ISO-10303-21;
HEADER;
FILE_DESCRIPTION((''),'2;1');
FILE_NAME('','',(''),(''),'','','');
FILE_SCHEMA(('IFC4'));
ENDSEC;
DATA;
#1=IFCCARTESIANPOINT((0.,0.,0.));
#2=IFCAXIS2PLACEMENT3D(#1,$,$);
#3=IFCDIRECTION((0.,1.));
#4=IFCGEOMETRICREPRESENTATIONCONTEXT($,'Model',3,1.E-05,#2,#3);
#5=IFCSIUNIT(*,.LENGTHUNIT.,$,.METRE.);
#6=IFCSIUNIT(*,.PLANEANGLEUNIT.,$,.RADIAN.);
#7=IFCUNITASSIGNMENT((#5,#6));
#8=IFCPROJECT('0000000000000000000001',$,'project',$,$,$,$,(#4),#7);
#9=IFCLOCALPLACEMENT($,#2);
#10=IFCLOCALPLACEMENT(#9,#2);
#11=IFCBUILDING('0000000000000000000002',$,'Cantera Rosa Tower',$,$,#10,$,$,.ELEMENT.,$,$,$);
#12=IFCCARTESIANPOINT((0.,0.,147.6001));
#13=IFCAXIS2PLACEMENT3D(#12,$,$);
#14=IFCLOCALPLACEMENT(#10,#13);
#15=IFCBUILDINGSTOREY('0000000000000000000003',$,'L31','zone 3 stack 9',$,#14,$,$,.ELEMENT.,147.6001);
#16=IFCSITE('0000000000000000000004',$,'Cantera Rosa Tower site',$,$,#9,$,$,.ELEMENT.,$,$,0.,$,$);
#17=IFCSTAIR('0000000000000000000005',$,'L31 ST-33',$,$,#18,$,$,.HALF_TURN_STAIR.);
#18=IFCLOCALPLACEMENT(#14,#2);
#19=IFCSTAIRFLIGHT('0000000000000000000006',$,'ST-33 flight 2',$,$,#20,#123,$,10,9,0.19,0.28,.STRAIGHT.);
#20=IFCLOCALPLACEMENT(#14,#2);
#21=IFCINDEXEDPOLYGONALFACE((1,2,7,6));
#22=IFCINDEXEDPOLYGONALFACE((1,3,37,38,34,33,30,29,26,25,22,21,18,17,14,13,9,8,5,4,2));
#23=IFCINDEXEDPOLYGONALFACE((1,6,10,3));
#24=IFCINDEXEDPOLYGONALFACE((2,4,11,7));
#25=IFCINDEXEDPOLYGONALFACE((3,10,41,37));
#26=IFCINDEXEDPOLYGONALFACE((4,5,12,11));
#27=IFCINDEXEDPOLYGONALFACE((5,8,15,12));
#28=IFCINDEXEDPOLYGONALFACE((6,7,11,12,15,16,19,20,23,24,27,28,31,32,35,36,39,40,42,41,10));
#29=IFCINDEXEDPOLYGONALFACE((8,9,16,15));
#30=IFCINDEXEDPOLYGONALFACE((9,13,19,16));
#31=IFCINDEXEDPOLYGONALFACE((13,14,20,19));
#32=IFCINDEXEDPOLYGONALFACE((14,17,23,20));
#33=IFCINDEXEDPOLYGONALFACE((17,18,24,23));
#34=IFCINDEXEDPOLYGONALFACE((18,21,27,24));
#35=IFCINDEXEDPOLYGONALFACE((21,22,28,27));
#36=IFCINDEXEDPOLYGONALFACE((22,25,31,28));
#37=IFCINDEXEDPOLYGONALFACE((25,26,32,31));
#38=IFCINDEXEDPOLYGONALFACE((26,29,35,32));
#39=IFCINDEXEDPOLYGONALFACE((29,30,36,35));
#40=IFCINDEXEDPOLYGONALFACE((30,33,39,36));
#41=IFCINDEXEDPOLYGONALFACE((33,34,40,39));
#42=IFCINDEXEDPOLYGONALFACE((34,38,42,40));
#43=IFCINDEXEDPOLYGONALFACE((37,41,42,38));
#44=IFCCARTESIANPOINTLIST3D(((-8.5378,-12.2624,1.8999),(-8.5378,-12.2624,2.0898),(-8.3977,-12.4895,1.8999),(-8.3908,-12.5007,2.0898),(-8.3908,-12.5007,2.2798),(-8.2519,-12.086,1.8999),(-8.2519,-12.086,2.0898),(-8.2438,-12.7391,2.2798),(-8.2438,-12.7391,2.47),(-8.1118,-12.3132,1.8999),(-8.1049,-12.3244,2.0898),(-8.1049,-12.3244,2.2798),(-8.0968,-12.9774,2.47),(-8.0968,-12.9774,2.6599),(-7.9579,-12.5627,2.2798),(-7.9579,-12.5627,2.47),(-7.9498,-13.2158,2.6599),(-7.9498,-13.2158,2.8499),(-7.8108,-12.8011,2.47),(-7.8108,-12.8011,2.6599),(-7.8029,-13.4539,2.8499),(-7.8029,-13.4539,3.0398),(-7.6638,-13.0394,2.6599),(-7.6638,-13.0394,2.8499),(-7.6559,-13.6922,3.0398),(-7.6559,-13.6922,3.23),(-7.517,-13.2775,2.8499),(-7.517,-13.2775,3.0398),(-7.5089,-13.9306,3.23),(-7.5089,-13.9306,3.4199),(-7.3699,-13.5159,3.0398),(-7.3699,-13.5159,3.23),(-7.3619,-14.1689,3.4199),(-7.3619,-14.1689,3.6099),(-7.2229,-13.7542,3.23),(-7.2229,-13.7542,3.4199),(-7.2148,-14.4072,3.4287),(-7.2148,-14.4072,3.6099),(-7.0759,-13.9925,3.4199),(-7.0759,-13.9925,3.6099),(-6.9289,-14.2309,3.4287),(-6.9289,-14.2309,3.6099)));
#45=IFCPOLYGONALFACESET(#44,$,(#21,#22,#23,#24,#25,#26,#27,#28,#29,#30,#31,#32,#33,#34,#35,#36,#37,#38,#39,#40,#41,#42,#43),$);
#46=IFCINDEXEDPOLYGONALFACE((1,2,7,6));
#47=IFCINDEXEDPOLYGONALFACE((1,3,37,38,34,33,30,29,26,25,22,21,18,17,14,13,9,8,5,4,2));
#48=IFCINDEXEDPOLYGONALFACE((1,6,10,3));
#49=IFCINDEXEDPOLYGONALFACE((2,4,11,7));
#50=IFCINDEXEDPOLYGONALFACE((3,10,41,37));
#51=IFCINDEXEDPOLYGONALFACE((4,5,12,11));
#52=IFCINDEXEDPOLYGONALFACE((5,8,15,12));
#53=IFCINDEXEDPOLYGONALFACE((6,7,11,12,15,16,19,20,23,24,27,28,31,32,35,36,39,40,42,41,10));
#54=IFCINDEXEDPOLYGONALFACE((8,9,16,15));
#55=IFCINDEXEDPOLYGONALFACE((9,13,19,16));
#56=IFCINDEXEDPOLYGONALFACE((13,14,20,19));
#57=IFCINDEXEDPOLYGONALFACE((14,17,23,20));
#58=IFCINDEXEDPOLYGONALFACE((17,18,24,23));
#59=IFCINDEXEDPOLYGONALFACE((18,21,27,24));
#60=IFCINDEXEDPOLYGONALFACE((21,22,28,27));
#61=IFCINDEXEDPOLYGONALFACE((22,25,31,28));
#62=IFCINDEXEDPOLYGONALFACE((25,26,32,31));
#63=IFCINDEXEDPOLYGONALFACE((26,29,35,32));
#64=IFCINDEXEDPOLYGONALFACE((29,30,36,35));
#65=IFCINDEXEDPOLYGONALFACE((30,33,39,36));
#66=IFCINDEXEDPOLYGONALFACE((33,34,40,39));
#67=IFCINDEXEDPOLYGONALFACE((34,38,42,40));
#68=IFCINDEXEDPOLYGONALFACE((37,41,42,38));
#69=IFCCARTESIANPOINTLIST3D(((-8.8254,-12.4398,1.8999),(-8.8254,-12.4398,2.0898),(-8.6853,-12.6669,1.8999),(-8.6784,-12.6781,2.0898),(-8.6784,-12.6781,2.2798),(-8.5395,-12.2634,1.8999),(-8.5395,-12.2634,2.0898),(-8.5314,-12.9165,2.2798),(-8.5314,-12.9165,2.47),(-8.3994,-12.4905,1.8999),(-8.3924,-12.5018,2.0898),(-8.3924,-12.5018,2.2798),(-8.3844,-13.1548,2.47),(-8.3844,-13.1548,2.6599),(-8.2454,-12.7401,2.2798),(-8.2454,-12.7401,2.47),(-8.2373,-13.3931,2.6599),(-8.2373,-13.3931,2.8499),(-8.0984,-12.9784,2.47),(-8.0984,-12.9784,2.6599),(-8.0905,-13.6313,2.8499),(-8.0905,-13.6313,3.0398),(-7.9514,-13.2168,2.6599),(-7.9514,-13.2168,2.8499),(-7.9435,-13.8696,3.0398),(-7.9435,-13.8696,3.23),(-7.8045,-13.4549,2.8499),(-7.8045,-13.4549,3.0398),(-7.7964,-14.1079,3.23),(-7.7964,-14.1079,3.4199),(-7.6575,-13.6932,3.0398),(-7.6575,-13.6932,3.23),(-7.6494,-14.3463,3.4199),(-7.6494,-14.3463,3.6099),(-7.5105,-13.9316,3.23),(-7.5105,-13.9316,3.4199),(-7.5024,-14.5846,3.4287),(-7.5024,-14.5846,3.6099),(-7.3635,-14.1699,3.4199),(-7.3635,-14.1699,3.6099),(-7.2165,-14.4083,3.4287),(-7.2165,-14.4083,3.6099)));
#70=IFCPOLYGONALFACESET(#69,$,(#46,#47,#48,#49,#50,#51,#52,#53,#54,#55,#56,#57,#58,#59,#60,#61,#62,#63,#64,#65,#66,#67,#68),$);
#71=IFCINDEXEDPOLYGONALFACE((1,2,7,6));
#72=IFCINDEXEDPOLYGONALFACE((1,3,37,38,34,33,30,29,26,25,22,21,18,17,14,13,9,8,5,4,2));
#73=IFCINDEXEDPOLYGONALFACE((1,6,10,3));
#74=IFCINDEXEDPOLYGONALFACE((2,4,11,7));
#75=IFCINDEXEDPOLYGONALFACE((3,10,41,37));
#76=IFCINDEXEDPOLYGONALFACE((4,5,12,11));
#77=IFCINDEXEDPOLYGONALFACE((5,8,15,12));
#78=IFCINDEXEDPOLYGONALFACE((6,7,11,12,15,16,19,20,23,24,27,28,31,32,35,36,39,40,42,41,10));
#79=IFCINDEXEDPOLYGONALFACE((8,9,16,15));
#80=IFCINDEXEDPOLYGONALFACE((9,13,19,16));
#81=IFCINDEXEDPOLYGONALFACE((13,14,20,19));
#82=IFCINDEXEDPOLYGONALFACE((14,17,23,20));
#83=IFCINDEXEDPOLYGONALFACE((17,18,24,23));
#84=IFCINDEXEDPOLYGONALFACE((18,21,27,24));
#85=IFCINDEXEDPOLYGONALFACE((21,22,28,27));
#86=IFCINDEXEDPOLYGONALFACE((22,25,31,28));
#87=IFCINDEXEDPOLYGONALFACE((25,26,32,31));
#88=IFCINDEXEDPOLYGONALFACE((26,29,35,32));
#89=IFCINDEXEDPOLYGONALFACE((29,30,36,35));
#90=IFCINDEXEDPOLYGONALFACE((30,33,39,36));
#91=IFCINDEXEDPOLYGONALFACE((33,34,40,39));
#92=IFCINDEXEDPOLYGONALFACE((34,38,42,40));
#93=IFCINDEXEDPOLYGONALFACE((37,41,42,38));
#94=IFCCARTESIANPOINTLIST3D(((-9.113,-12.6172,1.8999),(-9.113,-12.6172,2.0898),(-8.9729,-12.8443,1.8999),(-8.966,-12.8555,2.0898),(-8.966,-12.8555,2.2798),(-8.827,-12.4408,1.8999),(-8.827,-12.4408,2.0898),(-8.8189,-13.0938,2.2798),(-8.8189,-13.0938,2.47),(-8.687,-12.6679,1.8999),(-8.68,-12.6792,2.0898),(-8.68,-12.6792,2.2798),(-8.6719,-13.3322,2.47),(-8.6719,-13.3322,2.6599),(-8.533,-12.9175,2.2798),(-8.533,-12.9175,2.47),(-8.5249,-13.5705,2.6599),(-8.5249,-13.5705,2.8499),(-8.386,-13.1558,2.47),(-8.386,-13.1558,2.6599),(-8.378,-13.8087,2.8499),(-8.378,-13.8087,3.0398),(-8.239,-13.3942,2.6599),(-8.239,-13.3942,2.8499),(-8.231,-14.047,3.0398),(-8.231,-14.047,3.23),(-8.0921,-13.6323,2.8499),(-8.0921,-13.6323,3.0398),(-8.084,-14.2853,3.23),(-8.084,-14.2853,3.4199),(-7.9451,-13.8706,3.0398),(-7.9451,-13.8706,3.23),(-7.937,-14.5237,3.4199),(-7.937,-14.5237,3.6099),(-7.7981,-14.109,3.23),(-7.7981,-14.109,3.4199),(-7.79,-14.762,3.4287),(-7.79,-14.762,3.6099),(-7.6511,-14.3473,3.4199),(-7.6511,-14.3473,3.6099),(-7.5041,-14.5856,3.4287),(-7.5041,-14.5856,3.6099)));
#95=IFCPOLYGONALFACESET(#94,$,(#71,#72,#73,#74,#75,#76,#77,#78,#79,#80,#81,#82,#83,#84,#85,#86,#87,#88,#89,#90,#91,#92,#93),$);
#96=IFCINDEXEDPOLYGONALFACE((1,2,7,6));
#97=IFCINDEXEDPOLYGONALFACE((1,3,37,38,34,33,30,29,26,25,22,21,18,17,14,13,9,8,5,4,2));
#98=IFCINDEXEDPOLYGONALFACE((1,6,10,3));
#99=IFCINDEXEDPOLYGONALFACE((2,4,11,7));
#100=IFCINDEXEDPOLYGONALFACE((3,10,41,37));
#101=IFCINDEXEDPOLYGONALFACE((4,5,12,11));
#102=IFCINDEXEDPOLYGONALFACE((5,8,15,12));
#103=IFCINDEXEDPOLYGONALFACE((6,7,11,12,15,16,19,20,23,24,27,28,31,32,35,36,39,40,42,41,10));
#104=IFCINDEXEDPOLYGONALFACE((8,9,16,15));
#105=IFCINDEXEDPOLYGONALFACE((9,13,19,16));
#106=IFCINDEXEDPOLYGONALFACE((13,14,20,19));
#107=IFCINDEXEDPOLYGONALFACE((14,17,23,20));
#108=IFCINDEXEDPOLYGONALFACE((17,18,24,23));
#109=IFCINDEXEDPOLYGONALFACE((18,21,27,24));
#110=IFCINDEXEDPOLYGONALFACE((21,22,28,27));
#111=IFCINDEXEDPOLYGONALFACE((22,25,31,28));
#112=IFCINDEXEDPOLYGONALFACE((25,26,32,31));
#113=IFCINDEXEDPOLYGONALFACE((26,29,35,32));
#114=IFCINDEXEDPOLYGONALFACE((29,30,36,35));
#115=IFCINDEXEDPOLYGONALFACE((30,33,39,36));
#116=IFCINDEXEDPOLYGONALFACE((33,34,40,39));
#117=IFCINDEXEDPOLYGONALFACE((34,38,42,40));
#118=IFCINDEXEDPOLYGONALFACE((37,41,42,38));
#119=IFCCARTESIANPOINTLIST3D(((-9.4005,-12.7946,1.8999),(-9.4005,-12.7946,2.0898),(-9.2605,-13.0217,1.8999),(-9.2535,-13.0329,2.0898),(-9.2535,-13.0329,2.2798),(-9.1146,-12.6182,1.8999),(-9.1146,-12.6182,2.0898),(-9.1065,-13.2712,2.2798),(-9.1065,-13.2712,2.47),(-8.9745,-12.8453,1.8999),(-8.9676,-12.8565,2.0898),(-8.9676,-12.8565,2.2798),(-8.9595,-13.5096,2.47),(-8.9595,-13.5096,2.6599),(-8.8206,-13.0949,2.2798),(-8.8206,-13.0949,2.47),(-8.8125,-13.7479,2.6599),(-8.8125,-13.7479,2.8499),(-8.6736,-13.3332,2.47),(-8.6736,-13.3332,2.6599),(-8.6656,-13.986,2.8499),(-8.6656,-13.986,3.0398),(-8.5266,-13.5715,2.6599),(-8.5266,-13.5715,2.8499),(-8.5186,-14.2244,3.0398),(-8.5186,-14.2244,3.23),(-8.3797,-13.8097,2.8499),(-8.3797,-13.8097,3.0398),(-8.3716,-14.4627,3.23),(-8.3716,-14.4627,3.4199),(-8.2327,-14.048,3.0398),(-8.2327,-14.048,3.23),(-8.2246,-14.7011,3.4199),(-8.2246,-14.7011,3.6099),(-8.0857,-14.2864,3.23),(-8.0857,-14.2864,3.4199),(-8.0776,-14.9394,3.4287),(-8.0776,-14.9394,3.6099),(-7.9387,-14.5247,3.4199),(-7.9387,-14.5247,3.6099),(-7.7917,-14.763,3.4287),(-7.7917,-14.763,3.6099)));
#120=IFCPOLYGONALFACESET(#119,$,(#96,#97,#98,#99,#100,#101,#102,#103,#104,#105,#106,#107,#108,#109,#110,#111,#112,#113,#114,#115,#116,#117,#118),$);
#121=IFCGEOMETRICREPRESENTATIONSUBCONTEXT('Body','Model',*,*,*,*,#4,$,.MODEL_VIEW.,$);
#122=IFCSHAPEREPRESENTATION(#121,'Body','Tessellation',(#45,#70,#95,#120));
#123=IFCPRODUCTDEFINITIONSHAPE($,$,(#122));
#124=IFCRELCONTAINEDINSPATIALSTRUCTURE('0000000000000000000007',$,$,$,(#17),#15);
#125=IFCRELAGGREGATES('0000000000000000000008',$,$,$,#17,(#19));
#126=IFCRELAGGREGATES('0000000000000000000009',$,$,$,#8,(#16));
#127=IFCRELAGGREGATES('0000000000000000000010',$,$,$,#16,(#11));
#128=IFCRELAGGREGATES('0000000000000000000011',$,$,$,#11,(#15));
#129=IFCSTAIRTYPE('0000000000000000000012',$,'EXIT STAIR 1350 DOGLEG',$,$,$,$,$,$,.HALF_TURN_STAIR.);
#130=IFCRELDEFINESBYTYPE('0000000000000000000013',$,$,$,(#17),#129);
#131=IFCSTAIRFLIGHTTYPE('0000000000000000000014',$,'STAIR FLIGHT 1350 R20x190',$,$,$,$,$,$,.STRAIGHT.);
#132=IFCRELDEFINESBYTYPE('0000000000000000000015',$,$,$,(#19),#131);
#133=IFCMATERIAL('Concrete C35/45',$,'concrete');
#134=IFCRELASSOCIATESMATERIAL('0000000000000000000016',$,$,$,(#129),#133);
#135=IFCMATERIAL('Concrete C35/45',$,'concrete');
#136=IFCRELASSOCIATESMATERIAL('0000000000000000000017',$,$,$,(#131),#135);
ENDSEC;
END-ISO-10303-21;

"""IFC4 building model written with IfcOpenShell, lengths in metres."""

from ifc_helpers import new_model, si_unit, direction, frame, origin, place, context, subcontext, project, spatial, polyline, outline, extrude, material, type_object, element, aggregate, save


model = new_model("IFC4")

# Units and contexts
model_context = context("Model", 3, precision=1e-05, world=origin(), true_north=direction((0.0, 1.0)))
body_context = subcontext(model_context, "Body", "Model", "MODEL_VIEW")
ifc_project = project(units=[si_unit("LENGTHUNIT", "METRE"), si_unit("PLANEANGLEUNIT", "RADIAN")], contexts=[model_context])

# Site, building, storey
site_placement = place(None, origin())
site = spatial("IfcSite", under=ifc_project, at=site_placement, Name="Cantera Rosa Tower site", CompositionType="ELEMENT", RefElevation=0.0)
building_placement = place(site_placement, origin())
building = spatial("IfcBuilding", under=site, at=building_placement, Name="Cantera Rosa Tower", CompositionType="ELEMENT")
storey_placement = place(building_placement, frame((0.0, 0.0, 147.6001)))
storey = spatial("IfcBuildingStorey", under=building, at=storey_placement, Name="L31", Description="zone 3 stack 9", CompositionType="ELEMENT", Elevation=147.6001)

# Stair, stair flight
ifc_material_1 = material(Name="Concrete C35/45", Category="concrete")
stair_type = type_object("IfcStairType", Name="EXIT STAIR 1350 DOGLEG", PredefinedType="HALF_TURN_STAIR", material=ifc_material_1)
ifc_material_2 = material(Name="Concrete C35/45", Category="concrete")
stair_flight_type = type_object("IfcStairFlightType", Name="STAIR FLIGHT 1350 R20x190", PredefinedType="STRAIGHT", material=ifc_material_2)
stair_1_placement = place(storey_placement, origin())
stair_1 = element("IfcStair", 1, at=stair_1_placement, inside=storey, type_object=stair_type, Name="L31 ST-33", PredefinedType="HALF_TURN_STAIR")
stair_flight_1_placement = place(storey_placement, frame((-8.8264, -12.4404, 1.8999), z_axis=(0.0, 0.0, 1.0), x_axis=(0.524977, -0.851117, 0.0)))
stair_flight_1 = element("IfcStairFlight", 2, at=stair_flight_1_placement, type_object=stair_flight_type, Name="ST-33 flight 2", NumberOfRisers=10, NumberOfTreads=9, PredefinedType="STRAIGHT", RiserHeight=0.19, TreadLength=0.28, context=body_context, shape_type="SweptSolid", body=[
    extrude(outline(polyline([(0.0, 0.0), (0.0, 0.1899), (0.28, 0.1899), (0.28, 0.3799), (0.5601, 0.3799), (0.5601, 0.5701), (0.8401, 0.5701), (0.8401, 0.76), (1.1201, 0.76), (1.1201, 0.95), (1.3999, 0.95), (1.3999, 1.1399), (1.6799, 1.1399), (1.6799, 1.3301), (1.96, 1.3301), (1.96, 1.52), (2.24, 1.52), (2.24, 1.71), (2.52, 1.71), (2.52, 1.8999), (2.52, 1.5288), (0.2668, 0.0), (0.0, 0.0)])), frame((0.0, 0.675, 0.0), z_axis=(0.0, -1.0, 0.0), x_axis=(1.0, 0.0, 0.0)), (0.0, 0.0, 1.0), 0.3359),
    extrude(outline(polyline([(0.0, 0.0), (0.0, 0.1899), (0.28, 0.1899), (0.28, 0.3799), (0.5601, 0.3799), (0.5601, 0.5701), (0.8401, 0.5701), (0.8401, 0.76), (1.1201, 0.76), (1.1201, 0.95), (1.3999, 0.95), (1.3999, 1.1399), (1.6799, 1.1399), (1.6799, 1.3301), (1.96, 1.3301), (1.96, 1.52), (2.24, 1.52), (2.24, 1.71), (2.52, 1.71), (2.52, 1.8999), (2.52, 1.5288), (0.2668, 0.0), (0.0, 0.0)])), frame((0.0, 0.3372, 0.0), z_axis=(0.0, -1.0, 0.0), x_axis=(1.0, 0.0, 0.0)), (0.0, 0.0, 1.0), 0.3359),
    extrude(outline(polyline([(0.0, 0.0), (0.0, 0.1899), (0.28, 0.1899), (0.28, 0.3799), (0.5601, 0.3799), (0.5601, 0.5701), (0.8401, 0.5701), (0.8401, 0.76), (1.1201, 0.76), (1.1201, 0.95), (1.3999, 0.95), (1.3999, 1.1399), (1.6799, 1.1399), (1.6799, 1.3301), (1.96, 1.3301), (1.96, 1.52), (2.24, 1.52), (2.24, 1.71), (2.52, 1.71), (2.52, 1.8999), (2.52, 1.5288), (0.2668, 0.0), (0.0, 0.0)])), frame((0.0, -0.0007, 0.0), z_axis=(0.0, -1.0, 0.0), x_axis=(1.0, 0.0, 0.0)), (0.0, 0.0, 1.0), 0.3359),
    extrude(outline(polyline([(0.0, 0.0), (0.0, 0.1899), (0.28, 0.1899), (0.28, 0.3799), (0.5601, 0.3799), (0.5601, 0.5701), (0.8401, 0.5701), (0.8401, 0.76), (1.1201, 0.76), (1.1201, 0.95), (1.3999, 0.95), (1.3999, 1.1399), (1.6799, 1.1399), (1.6799, 1.3301), (1.96, 1.3301), (1.96, 1.52), (2.24, 1.52), (2.24, 1.71), (2.52, 1.71), (2.52, 1.8999), (2.52, 1.5288), (0.2668, 0.0), (0.0, 0.0)])), frame((0.0, -0.3386, 0.0), z_axis=(0.0, -1.0, 0.0), x_axis=(1.0, 0.0, 0.0)), (0.0, 0.0, 1.0), 0.3359),
])
aggregate(stair_1, [stair_flight_1])

save(model, "model.ifc")
